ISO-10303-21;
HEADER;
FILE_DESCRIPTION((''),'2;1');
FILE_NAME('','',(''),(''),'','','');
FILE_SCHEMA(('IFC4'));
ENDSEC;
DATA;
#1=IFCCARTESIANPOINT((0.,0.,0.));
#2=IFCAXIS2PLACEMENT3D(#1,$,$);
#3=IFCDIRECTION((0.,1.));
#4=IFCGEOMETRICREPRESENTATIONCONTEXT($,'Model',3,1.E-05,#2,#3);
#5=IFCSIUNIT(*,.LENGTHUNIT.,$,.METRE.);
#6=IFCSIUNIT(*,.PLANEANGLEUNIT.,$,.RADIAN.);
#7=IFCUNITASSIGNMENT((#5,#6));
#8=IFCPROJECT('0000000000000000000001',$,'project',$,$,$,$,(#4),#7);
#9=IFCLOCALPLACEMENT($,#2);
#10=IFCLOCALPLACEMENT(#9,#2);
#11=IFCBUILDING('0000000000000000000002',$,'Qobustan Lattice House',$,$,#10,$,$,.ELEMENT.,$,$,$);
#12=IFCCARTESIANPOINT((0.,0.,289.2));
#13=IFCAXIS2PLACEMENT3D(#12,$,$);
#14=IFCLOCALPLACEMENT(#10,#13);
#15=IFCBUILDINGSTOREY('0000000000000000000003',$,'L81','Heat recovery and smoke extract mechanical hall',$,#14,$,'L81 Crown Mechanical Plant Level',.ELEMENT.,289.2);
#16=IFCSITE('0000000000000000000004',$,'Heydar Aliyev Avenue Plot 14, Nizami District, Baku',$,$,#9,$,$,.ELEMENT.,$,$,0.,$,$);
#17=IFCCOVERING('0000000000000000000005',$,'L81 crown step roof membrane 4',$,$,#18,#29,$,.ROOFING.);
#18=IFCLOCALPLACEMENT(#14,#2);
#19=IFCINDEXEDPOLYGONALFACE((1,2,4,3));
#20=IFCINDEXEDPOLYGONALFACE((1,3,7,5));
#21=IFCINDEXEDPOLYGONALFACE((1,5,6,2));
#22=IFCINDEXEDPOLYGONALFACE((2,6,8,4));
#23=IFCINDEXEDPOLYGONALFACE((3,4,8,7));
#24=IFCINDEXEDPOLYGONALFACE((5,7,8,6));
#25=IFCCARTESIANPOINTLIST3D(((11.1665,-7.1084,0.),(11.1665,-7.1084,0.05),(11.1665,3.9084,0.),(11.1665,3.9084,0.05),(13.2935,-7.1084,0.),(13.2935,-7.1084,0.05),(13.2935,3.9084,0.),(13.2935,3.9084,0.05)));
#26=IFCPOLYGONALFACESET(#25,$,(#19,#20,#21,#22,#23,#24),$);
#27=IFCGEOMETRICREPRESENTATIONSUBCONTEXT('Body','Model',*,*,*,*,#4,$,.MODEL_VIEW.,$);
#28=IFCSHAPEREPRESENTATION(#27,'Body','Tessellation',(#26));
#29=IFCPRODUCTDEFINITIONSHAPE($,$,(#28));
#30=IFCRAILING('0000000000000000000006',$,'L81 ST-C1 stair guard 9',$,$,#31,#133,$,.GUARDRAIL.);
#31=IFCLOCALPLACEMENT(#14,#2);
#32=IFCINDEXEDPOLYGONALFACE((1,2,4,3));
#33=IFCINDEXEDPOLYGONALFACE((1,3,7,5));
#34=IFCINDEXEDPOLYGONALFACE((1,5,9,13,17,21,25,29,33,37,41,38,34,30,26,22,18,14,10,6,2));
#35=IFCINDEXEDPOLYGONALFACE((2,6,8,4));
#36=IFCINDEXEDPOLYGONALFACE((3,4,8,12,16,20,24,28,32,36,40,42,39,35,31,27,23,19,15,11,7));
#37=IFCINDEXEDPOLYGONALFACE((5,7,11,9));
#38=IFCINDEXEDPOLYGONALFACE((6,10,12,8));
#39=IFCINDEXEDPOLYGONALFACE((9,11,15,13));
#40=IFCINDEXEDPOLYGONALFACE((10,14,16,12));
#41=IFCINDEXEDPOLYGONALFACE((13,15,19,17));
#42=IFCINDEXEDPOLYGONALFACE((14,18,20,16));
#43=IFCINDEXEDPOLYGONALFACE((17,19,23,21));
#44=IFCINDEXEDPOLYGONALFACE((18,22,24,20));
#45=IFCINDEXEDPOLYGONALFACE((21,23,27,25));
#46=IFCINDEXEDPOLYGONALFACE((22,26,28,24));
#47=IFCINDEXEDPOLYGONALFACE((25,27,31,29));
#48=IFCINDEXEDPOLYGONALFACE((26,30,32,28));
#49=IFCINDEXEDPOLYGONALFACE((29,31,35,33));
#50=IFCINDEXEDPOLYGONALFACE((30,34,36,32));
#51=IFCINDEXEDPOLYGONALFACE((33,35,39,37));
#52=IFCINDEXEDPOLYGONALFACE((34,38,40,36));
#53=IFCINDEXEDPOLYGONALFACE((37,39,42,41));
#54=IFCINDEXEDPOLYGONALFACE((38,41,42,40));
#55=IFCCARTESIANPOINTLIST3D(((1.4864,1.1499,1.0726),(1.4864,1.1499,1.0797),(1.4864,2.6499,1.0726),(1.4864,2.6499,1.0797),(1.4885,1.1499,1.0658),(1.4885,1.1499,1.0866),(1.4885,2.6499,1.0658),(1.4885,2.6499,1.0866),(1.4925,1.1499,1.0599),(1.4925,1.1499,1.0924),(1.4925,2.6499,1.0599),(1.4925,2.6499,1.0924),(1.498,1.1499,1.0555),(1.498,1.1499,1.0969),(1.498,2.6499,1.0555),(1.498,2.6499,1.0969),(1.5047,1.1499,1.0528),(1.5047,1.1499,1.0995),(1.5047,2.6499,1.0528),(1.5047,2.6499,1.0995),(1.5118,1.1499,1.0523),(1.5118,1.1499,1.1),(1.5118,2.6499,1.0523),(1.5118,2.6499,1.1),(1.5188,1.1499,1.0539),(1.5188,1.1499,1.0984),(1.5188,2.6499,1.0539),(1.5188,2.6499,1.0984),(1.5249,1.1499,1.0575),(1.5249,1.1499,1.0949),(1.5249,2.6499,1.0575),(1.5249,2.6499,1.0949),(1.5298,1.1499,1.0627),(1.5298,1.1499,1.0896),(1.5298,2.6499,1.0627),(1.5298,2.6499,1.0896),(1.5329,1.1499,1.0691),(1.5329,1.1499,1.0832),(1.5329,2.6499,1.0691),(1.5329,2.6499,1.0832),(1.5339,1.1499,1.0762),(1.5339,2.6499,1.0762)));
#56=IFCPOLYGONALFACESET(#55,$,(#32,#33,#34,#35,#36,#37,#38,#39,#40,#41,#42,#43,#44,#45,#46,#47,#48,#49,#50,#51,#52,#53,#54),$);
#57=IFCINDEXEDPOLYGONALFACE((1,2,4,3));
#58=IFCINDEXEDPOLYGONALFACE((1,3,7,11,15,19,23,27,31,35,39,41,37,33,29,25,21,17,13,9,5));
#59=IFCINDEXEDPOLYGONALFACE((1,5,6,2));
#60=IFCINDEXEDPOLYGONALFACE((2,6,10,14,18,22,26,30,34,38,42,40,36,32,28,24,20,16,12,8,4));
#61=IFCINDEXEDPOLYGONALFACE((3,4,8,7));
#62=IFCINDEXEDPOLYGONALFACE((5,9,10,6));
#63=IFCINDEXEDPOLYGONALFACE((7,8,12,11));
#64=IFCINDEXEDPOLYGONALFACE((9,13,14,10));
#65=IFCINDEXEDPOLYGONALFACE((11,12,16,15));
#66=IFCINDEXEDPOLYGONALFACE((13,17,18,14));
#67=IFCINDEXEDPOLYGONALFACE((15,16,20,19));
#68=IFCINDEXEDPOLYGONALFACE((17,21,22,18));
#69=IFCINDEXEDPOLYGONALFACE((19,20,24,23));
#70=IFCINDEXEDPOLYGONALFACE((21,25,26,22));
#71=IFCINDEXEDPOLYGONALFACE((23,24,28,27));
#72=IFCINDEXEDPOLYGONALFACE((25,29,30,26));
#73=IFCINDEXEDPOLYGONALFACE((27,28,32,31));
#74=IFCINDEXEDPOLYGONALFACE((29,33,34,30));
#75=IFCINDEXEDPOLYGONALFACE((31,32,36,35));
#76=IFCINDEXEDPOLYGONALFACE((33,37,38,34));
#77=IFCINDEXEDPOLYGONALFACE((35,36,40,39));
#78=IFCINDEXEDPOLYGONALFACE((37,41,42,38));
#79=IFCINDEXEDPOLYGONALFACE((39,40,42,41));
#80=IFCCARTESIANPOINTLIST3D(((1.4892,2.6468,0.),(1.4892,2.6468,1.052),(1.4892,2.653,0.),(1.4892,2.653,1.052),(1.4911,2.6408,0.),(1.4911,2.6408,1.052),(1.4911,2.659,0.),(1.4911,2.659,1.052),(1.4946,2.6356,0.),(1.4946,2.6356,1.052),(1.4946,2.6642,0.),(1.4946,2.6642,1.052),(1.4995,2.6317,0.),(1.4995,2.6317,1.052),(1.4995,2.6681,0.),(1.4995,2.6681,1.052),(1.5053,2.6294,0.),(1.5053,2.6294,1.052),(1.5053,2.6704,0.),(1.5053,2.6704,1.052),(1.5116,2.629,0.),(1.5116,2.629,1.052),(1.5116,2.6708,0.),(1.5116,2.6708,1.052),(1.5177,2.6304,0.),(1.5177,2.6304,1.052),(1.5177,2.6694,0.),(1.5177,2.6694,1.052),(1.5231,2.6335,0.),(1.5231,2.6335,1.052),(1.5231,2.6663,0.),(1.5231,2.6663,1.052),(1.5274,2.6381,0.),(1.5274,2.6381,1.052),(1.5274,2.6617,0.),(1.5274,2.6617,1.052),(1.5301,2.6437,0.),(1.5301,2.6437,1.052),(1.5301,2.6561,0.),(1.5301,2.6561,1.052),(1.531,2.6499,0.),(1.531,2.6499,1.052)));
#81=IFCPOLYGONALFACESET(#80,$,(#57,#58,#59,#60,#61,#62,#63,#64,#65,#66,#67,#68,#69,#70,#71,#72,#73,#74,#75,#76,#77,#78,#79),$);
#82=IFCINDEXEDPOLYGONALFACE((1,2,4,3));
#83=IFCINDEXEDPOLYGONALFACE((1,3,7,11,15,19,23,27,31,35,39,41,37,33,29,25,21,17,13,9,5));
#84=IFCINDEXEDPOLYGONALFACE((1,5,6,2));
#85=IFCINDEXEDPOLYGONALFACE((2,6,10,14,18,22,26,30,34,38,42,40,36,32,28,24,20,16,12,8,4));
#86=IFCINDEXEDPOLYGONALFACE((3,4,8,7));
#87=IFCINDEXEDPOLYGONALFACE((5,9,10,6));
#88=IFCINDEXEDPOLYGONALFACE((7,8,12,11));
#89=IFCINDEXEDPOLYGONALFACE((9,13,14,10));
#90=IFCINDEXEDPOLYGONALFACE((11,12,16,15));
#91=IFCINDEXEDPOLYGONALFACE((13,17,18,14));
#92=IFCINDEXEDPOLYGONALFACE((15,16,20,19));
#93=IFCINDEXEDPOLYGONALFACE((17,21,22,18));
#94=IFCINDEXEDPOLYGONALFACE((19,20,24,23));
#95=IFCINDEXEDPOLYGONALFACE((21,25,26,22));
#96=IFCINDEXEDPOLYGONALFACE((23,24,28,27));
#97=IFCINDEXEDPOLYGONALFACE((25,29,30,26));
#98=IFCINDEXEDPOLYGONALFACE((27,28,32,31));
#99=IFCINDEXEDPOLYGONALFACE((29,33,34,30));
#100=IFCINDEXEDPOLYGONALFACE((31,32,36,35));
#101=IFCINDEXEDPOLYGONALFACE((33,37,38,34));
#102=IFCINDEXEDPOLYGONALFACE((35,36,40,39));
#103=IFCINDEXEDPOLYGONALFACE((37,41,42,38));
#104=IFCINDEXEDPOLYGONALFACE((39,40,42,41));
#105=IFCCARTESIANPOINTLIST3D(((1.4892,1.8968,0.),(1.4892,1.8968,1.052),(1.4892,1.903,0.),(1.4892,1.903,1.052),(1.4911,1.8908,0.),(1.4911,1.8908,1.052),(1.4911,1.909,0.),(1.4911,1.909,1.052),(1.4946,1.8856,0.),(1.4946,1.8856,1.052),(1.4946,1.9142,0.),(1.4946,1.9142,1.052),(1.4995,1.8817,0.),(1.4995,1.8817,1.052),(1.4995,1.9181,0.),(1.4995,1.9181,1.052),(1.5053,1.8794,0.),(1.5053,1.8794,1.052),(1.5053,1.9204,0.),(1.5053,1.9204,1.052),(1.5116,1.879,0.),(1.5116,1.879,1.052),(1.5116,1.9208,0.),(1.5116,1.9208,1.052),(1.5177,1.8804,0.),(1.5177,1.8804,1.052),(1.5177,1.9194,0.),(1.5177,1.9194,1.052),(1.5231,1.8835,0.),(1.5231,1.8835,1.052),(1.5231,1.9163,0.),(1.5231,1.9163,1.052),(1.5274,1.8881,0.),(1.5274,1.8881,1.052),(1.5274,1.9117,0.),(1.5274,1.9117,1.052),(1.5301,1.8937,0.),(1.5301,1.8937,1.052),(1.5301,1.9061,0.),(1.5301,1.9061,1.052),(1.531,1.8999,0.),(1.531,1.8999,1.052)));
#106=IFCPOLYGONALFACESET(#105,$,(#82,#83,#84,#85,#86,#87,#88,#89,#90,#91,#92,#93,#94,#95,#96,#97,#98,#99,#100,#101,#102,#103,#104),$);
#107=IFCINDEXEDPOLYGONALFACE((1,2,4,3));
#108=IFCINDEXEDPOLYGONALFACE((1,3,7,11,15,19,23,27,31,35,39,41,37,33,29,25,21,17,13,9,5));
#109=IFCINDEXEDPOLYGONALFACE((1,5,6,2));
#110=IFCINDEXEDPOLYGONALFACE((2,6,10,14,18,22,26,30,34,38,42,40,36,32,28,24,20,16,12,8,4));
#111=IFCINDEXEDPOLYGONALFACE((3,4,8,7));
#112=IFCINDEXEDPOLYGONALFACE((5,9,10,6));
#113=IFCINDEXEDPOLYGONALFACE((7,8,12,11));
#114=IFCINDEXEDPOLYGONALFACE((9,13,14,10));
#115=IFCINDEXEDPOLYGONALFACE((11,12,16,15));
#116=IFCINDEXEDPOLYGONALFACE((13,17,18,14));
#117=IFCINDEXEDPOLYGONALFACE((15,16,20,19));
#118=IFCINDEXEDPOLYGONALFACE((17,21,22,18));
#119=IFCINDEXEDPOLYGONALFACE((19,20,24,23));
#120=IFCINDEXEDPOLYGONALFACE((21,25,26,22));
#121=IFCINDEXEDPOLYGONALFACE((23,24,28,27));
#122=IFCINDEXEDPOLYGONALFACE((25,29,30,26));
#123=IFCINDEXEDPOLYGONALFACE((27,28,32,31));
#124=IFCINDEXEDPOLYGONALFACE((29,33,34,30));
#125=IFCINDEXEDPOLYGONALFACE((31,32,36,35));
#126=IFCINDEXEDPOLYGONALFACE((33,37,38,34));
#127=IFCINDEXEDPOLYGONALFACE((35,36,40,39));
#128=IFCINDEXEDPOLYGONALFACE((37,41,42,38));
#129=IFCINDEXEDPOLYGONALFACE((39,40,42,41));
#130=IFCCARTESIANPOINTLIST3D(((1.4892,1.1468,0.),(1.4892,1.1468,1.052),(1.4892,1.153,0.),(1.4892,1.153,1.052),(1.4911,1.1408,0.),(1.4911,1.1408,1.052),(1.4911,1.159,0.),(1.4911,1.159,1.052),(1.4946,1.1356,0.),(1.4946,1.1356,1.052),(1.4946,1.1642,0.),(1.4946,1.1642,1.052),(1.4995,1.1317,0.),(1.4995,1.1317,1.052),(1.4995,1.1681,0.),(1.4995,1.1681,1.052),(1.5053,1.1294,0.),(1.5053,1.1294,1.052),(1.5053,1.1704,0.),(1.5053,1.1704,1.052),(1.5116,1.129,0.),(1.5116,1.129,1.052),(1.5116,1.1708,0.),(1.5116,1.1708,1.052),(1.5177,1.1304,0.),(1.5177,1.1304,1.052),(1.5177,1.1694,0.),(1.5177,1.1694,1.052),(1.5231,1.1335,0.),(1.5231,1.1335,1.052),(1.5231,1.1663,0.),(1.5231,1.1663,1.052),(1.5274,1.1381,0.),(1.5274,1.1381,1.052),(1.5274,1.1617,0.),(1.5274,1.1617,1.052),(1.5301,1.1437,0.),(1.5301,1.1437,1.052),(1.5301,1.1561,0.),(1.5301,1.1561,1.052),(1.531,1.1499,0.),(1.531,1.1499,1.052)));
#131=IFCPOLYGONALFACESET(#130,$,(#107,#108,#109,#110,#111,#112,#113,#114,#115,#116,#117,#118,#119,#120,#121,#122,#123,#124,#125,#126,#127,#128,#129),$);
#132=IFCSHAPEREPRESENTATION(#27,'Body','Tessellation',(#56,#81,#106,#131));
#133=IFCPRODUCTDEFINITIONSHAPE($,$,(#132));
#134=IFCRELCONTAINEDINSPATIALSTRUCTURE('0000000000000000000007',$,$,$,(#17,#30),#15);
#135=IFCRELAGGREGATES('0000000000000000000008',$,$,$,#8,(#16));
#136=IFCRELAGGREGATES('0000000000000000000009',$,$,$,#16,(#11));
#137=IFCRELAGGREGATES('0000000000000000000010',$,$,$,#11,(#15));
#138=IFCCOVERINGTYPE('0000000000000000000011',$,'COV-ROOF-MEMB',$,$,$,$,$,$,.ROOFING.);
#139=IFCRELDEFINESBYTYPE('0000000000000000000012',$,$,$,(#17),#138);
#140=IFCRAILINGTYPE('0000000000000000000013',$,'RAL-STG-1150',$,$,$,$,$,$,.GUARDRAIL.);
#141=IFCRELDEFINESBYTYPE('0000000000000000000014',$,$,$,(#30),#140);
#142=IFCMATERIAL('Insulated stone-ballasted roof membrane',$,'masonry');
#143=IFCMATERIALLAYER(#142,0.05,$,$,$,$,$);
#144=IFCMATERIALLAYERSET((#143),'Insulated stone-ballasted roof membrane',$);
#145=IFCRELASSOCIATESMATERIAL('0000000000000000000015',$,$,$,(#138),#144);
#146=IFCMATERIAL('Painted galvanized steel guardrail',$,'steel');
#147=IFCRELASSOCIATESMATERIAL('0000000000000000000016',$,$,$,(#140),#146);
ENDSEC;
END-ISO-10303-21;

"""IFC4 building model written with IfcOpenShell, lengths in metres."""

from ifc_helpers import new_model, si_unit, direction, frame, origin, origin_2d, place, context, subcontext, project, spatial, polyline, circle, outline, extrude, material, layer, layer_set, type_object, element, save


model = new_model("IFC4")

# Units and contexts
model_context = context("Model", 3, precision=1e-05, world=origin(), true_north=direction((0.0, 1.0)))
body_context = subcontext(model_context, "Body", "Model", "MODEL_VIEW")
ifc_project = project(units=[si_unit("LENGTHUNIT", "METRE"), si_unit("PLANEANGLEUNIT", "RADIAN")], contexts=[model_context])

# Site, building, storey
site_placement = place(None, origin())
site = spatial("IfcSite", under=ifc_project, at=site_placement, Name="Heydar Aliyev Avenue Plot 14, Nizami District, Baku", CompositionType="ELEMENT", RefElevation=0.0)
building_placement = place(site_placement, origin())
building = spatial("IfcBuilding", under=site, at=building_placement, Name="Qobustan Lattice House", CompositionType="ELEMENT")
storey_placement = place(building_placement, frame((0.0, 0.0, 289.2)))
storey = spatial("IfcBuildingStorey", under=building, at=storey_placement, Name="L81", Description="Heat recovery and smoke extract mechanical hall", LongName="L81 Crown Mechanical Plant Level", CompositionType="ELEMENT", Elevation=289.2)

# Covering
ifc_material_1 = material(Name="Insulated stone-ballasted roof membrane", Category="masonry")
ifc_layer_1 = layer(ifc_material_1, 0.05)
ifc_layer_set_1 = layer_set([ifc_layer_1], Name="Insulated stone-ballasted roof membrane")
covering_type = type_object("IfcCoveringType", Name="COV-ROOF-MEMB", PredefinedType="ROOFING", material=ifc_layer_set_1)
covering_1_placement = place(storey_placement, origin())
element("IfcCovering", 1, at=covering_1_placement, inside=storey, type_object=covering_type, Name="L81 crown step roof membrane 4", PredefinedType="ROOFING", context=body_context, shape_type="SweptSolid", body=[
    extrude(outline(polyline([(13.2935, 3.9084), (11.1665, 3.9084), (11.1665, -7.1084), (13.2935, -7.1084), (13.2935, 3.9084)])), origin(), (0.0, 0.0, 1.0), 0.05),
])

# Railing
ifc_material_2 = material(Name="Painted galvanized steel guardrail", Category="steel")
railing_type = type_object("IfcRailingType", Name="RAL-STG-1150", PredefinedType="GUARDRAIL", material=ifc_material_2)
railing_1_placement = place(storey_placement, frame((1.51, 2.6499, 0.0)))
element("IfcRailing", 2, at=railing_1_placement, inside=storey, type_object=railing_type, Name="L81 ST-C1 stair guard 9", PredefinedType="GUARDRAIL", context=body_context, shape_type="SweptSolid", body=[
    extrude(circle(Radius=0.0239, at=origin_2d()), frame((0.0, 0.0, 1.0762), z_axis=(0.0, -1.0, 0.0), x_axis=(1.0, 0.0, 0.0)), (0.0, 0.0, 1.0), 1.5),
    extrude(circle(Radius=0.021, at=origin_2d()), origin(), (0.0, 0.0, 1.0), 1.052),
    extrude(circle(Radius=0.021, at=origin_2d()), frame((0.0, -0.75, 0.0)), (0.0, 0.0, 1.0), 1.052),
    extrude(circle(Radius=0.021, at=origin_2d()), frame((0.0, -1.5, 0.0)), (0.0, 0.0, 1.0), 1.052),
])

save(model, "model.ifc")
